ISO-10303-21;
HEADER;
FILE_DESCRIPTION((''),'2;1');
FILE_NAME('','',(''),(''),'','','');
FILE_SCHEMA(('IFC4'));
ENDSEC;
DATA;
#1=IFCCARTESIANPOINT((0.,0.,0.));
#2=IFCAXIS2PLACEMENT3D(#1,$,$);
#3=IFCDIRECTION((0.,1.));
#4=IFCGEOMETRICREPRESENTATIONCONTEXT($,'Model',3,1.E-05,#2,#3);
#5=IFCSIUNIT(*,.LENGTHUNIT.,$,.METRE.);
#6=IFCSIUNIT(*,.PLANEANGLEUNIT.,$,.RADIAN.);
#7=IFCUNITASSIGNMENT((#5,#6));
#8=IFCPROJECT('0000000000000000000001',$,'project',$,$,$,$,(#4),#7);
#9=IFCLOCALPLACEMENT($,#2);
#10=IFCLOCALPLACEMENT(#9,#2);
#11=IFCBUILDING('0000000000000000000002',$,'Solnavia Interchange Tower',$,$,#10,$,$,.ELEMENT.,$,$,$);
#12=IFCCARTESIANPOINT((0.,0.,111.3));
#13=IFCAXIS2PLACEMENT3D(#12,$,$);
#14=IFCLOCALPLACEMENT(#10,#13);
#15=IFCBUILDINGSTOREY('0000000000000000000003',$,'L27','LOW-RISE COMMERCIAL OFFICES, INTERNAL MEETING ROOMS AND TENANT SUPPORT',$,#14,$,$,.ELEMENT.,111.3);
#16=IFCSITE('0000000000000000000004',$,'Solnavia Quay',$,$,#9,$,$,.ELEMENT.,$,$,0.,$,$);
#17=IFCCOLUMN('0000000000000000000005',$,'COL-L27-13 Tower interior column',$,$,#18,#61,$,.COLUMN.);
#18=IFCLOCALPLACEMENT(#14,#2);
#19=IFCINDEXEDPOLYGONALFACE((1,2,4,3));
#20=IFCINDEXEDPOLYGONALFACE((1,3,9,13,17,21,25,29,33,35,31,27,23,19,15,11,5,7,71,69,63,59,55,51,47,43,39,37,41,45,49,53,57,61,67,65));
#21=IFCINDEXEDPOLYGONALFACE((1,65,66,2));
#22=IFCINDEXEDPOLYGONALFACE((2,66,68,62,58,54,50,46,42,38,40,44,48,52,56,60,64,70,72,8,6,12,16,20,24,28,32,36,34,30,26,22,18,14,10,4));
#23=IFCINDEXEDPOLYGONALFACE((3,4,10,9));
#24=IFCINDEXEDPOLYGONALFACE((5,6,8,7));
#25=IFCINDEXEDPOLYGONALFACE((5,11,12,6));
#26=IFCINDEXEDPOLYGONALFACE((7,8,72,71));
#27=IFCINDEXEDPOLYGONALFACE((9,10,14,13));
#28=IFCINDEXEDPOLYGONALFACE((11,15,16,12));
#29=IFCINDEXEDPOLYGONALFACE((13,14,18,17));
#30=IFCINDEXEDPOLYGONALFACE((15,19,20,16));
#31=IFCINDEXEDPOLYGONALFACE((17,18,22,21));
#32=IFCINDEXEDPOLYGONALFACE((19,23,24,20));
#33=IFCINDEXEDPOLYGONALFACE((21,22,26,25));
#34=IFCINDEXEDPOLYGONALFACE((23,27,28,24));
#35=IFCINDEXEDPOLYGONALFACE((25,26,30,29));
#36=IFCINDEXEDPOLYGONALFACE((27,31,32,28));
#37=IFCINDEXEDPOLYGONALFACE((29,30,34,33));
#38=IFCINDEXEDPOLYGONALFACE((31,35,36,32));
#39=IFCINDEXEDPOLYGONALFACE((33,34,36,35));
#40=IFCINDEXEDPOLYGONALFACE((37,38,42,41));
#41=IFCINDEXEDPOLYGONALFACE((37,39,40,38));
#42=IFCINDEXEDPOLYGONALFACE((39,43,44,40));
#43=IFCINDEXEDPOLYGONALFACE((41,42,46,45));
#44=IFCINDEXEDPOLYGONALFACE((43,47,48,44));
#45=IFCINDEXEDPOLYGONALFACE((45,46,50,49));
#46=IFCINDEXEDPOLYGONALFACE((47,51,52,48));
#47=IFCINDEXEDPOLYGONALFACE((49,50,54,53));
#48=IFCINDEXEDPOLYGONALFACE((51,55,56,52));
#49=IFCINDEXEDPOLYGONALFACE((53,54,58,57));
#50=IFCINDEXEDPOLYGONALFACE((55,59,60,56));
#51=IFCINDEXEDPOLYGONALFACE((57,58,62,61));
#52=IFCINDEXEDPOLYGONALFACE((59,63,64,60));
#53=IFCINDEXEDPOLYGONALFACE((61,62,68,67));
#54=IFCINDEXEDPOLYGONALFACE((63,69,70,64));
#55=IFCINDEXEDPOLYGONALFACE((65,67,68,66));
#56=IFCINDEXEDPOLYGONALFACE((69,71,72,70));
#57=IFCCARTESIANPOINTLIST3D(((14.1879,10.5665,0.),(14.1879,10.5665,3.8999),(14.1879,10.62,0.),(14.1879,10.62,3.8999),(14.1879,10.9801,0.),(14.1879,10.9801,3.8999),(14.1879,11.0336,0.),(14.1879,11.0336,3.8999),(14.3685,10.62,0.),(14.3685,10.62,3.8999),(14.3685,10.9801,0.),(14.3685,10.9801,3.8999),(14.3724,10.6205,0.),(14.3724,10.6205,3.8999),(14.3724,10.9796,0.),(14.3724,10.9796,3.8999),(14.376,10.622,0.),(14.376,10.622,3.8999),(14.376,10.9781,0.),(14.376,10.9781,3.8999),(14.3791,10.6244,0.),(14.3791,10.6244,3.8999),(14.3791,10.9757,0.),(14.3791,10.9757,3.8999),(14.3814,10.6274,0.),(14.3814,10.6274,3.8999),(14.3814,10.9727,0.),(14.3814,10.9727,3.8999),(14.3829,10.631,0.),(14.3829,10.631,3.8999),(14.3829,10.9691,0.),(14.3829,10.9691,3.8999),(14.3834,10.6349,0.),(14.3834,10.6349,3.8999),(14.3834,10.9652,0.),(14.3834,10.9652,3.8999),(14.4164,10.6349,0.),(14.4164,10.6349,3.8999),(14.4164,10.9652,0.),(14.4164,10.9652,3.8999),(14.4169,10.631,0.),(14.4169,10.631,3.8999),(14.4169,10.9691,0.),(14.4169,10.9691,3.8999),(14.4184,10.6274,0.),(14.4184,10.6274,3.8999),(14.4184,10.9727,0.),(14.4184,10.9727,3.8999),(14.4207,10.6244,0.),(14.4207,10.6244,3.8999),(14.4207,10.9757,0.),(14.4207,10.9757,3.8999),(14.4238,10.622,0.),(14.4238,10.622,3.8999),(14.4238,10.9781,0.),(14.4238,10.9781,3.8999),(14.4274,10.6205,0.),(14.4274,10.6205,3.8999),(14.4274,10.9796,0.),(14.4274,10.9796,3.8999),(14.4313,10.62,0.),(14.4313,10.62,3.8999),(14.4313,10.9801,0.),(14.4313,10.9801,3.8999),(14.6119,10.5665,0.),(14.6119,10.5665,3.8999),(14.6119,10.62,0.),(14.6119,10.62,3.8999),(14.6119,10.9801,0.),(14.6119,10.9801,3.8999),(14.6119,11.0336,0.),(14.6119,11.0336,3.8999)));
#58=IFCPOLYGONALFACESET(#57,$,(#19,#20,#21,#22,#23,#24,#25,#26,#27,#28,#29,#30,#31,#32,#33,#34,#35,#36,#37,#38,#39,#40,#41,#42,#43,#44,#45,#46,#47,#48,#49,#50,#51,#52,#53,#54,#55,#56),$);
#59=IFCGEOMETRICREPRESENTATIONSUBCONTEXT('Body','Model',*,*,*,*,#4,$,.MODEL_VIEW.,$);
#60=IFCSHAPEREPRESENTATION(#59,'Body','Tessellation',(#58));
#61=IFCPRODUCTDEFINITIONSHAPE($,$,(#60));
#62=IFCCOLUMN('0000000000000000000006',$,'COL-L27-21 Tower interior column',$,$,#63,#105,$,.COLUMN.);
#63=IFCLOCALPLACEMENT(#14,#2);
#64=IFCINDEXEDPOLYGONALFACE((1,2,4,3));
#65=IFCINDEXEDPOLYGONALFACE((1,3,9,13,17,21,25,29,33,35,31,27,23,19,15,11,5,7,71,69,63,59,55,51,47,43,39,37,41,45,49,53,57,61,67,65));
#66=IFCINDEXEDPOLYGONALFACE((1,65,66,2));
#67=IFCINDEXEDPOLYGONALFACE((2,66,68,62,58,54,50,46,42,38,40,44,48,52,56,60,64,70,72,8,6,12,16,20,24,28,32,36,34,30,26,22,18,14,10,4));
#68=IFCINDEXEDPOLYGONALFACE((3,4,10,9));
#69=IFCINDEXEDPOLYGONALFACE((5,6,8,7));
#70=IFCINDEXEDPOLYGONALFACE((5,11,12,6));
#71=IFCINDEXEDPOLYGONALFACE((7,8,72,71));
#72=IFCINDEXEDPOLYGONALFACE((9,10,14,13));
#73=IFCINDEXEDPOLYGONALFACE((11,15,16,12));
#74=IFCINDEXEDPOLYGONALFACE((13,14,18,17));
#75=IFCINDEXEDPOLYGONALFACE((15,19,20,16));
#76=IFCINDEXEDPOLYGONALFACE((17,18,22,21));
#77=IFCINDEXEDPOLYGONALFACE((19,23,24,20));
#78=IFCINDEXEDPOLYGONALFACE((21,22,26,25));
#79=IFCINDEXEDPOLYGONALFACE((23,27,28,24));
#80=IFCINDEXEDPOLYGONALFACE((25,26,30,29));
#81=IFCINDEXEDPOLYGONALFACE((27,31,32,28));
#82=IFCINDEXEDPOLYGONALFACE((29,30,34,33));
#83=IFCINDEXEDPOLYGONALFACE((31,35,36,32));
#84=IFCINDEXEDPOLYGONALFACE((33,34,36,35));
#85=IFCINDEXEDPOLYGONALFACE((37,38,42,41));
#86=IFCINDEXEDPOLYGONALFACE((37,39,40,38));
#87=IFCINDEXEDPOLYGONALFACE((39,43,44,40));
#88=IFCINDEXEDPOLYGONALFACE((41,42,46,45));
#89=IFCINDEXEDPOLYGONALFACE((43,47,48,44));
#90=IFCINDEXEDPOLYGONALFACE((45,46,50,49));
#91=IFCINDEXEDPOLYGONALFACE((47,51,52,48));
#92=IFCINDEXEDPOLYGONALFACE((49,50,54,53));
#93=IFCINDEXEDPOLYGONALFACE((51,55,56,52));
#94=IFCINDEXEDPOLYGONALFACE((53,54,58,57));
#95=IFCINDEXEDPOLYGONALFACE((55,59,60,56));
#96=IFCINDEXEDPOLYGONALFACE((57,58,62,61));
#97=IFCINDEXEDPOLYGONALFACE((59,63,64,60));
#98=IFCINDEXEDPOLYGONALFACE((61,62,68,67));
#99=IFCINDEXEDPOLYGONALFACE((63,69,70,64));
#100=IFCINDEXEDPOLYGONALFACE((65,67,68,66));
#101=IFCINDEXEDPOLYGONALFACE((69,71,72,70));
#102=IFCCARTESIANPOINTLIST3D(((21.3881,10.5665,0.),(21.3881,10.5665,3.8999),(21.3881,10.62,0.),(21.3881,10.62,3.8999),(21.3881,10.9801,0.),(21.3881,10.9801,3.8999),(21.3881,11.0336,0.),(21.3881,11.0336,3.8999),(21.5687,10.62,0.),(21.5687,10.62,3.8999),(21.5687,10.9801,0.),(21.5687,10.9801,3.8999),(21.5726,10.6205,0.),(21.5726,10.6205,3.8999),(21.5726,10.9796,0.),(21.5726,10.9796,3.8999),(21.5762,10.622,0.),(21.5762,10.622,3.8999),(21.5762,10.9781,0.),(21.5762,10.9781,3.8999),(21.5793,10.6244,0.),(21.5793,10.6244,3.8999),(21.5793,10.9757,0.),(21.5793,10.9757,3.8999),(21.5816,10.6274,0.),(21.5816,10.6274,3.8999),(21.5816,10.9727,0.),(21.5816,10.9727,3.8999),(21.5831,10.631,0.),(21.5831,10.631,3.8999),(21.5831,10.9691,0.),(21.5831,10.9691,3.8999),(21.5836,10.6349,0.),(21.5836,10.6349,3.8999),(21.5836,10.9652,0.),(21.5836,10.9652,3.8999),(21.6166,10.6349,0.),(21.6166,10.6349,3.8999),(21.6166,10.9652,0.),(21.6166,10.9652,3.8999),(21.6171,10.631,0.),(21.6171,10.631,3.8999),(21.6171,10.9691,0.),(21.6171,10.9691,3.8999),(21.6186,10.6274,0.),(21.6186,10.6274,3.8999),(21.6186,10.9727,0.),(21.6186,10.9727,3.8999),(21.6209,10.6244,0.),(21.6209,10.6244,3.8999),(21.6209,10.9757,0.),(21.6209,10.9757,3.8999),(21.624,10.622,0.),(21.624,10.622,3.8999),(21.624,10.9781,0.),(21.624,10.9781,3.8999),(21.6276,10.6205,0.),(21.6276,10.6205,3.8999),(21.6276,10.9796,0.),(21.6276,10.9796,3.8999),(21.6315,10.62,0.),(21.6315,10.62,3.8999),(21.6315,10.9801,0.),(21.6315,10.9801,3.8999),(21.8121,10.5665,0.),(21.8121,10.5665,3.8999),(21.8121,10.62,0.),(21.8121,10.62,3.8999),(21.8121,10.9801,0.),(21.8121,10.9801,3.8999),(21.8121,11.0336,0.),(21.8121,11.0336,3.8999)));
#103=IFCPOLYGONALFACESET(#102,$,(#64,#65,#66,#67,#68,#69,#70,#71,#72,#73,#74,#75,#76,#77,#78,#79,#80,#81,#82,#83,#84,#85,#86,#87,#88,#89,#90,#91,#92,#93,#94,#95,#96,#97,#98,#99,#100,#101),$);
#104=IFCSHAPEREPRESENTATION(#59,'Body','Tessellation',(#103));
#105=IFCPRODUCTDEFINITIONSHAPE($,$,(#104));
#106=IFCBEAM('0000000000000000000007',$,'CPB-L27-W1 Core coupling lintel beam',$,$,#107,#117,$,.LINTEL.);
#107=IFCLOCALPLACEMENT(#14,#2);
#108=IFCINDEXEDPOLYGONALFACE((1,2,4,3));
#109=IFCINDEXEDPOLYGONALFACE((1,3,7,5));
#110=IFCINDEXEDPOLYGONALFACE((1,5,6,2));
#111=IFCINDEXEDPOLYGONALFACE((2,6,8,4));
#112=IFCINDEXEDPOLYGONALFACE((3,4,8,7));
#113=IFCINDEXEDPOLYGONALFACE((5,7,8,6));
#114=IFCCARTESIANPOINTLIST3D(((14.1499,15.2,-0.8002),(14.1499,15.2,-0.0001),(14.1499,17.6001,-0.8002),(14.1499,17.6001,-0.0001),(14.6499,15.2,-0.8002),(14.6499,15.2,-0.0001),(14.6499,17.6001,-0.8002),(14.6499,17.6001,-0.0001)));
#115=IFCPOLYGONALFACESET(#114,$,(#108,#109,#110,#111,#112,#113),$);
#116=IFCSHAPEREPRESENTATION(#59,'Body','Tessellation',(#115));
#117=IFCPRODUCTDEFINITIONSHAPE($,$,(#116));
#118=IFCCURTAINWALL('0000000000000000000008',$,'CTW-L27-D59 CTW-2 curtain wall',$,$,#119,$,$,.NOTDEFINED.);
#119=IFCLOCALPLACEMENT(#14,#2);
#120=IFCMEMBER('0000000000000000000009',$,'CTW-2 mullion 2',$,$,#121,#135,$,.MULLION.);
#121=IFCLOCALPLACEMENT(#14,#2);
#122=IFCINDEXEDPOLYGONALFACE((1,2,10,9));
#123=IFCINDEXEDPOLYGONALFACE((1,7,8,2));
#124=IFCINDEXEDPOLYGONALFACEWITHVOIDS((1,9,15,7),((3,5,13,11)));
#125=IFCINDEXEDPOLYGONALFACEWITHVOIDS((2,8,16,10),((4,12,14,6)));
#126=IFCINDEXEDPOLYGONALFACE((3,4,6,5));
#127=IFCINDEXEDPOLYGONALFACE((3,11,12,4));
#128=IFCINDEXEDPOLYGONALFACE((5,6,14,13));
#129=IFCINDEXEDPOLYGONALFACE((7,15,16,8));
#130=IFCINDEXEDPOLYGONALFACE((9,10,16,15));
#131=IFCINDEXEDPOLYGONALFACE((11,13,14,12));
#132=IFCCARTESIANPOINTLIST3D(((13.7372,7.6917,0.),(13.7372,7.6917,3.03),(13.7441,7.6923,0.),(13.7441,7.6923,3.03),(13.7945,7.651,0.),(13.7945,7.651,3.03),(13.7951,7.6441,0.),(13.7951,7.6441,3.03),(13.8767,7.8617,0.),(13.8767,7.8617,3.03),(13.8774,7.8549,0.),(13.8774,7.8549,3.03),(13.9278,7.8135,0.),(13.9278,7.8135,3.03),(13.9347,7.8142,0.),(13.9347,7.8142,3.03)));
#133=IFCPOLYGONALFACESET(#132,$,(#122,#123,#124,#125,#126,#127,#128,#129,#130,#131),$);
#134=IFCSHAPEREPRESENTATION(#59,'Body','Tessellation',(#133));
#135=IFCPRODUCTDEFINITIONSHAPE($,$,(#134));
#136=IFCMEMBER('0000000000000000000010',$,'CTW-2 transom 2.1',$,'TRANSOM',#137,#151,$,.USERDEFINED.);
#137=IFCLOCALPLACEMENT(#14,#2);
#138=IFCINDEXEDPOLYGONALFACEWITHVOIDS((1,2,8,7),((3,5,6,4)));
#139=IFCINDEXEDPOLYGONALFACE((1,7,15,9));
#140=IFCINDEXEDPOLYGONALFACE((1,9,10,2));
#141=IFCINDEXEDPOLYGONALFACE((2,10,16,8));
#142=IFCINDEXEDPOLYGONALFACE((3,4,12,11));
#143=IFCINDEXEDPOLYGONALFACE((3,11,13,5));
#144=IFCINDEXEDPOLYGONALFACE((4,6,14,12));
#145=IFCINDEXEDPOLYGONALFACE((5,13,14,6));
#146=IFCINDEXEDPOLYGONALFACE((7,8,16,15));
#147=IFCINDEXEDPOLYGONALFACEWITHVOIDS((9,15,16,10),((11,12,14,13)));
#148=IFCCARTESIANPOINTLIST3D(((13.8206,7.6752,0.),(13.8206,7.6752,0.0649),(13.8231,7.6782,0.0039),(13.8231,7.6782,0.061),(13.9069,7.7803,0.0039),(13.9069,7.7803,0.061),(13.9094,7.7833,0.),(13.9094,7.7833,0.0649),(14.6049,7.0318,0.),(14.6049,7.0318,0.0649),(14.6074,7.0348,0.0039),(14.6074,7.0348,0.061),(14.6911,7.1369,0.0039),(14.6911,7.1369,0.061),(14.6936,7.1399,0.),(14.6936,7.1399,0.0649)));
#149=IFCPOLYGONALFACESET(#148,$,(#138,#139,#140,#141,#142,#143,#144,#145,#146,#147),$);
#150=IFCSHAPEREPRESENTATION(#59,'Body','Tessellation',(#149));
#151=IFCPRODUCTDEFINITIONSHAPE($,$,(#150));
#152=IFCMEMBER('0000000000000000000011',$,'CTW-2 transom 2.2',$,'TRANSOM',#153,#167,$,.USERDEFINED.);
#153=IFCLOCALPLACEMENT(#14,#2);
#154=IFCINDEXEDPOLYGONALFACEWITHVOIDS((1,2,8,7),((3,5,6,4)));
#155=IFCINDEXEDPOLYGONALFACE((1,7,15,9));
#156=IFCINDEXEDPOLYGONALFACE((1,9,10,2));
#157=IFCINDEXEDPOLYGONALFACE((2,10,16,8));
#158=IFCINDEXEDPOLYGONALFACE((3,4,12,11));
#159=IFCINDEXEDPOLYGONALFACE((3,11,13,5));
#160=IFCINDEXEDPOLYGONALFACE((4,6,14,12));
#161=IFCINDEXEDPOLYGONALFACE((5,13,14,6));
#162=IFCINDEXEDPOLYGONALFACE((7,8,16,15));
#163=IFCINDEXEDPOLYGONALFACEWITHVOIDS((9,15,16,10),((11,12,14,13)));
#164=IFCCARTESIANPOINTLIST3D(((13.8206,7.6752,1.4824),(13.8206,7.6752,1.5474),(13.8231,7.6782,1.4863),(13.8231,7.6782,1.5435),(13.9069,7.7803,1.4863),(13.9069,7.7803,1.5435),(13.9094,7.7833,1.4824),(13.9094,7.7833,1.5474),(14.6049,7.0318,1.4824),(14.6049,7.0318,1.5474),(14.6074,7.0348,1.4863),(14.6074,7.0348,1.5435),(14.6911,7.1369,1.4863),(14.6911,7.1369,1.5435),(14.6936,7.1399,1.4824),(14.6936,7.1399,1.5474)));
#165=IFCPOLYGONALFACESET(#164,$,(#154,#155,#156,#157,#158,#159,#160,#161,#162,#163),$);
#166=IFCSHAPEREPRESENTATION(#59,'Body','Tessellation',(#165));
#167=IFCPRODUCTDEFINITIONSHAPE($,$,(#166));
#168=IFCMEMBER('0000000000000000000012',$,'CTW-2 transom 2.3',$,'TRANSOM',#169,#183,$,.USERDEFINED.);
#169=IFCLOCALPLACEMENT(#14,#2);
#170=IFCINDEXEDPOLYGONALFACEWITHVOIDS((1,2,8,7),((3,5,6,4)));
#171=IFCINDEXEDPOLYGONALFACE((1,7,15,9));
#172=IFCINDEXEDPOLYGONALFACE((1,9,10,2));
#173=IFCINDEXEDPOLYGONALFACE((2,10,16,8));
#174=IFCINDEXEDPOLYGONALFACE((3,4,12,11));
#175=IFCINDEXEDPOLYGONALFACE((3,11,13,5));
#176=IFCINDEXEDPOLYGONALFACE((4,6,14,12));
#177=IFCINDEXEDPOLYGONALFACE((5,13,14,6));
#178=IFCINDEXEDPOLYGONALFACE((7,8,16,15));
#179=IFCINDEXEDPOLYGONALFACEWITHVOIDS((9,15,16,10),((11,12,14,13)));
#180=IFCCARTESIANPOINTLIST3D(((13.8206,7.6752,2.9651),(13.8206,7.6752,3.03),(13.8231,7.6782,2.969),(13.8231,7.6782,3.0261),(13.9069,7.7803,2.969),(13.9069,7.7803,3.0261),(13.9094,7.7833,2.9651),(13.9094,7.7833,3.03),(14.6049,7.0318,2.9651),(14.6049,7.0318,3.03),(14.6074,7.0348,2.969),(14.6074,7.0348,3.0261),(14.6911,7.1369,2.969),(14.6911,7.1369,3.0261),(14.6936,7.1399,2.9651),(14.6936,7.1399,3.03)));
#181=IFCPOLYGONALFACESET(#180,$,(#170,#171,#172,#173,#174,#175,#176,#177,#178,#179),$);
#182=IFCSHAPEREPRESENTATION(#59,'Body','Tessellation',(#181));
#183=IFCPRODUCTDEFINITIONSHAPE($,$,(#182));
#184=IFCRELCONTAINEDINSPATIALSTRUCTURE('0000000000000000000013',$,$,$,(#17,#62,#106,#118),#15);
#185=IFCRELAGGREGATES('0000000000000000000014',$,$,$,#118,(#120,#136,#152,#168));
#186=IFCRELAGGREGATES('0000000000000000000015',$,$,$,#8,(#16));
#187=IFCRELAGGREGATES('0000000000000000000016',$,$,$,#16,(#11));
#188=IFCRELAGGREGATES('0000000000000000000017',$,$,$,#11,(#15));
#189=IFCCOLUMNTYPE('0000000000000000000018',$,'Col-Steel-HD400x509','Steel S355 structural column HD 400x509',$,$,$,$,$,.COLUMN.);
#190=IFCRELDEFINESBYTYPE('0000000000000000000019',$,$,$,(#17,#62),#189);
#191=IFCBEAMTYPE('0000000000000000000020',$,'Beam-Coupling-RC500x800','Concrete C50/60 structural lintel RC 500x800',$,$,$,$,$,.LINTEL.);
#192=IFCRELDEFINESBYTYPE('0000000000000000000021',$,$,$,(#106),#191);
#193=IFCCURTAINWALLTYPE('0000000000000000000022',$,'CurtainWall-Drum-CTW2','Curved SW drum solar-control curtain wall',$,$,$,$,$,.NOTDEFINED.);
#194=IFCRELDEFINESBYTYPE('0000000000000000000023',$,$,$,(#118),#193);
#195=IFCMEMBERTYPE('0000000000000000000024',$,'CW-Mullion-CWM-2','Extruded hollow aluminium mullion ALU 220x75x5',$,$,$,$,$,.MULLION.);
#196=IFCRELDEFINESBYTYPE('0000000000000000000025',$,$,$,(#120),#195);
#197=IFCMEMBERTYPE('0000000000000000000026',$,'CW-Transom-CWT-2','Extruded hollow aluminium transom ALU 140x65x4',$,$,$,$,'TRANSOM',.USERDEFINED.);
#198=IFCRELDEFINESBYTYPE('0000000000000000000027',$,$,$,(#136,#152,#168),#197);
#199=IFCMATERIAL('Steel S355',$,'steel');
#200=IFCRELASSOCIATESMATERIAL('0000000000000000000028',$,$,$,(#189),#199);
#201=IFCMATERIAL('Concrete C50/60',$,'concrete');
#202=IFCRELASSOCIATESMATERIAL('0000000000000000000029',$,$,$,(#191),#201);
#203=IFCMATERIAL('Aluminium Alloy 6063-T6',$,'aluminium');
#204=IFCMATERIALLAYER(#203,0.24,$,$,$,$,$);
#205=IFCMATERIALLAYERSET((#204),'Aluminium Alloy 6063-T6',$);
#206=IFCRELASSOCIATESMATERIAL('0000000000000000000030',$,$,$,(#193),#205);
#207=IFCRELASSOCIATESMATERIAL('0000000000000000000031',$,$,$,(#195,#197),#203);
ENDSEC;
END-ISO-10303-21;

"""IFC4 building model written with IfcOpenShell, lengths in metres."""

from ifc_helpers import new_model, si_unit, direction, frame, origin, origin_2d, place, context, subcontext, project, spatial, rectangle, hollow_rectangle, i_section, extrude, material, layer, layer_set, material_profile, profile_set, type_object, element, aggregate, save


model = new_model("IFC4")

# Units and contexts
model_context = context("Model", 3, precision=1e-05, world=origin(), true_north=direction((0.0, 1.0)))
body_context = subcontext(model_context, "Body", "Model", "MODEL_VIEW")
ifc_project = project(units=[si_unit("LENGTHUNIT", "METRE"), si_unit("PLANEANGLEUNIT", "RADIAN")], contexts=[model_context])

# Site, building, storey
site_placement = place(None, origin())
site = spatial("IfcSite", under=ifc_project, at=site_placement, Name="Solnavia Quay", CompositionType="ELEMENT", RefElevation=0.0)
building_placement = place(site_placement, origin())
building = spatial("IfcBuilding", under=site, at=building_placement, Name="Solnavia Interchange Tower", CompositionType="ELEMENT")
storey_placement = place(building_placement, frame((0.0, 0.0, 111.3)))
storey = spatial("IfcBuildingStorey", under=building, at=storey_placement, Name="L27", Description="LOW-RISE COMMERCIAL OFFICES, INTERNAL MEETING ROOMS AND TENANT SUPPORT", CompositionType="ELEMENT", Elevation=111.3)

# Columns
ifc_material_1 = material(Name="Steel S355", Category="steel")
ifc_material_profile_1 = material_profile(ifc_material_1, i_section(OverallWidth=0.4241, OverallDepth=0.467, WebThickness=0.033, FlangeThickness=0.0535, FilletRadius=0.0149, at=origin_2d()), Name="HD 400x509")
ifc_profile_set_1 = profile_set([ifc_material_profile_1], Name="Steel S355")
column_type = type_object("IfcColumnType", Name="Col-Steel-HD400x509", Description="Steel S355 structural column HD 400x509", PredefinedType="COLUMN", material=ifc_profile_set_1)
for number, where, z_axis, x_axis, name in (
    (1, (14.3999, 10.8, 0.0), (0.0, 0.0, 1.0), (1.0, 0.0, 0.0), "COL-L27-13 Tower interior column"),
    (2, (21.6001, 10.8, 0.0), (0.0, 0.0, 1.0), (1.0, 0.0, 0.0), "COL-L27-21 Tower interior column"),
):
    element("IfcColumn", number, at=place(storey_placement, frame(where, z_axis=z_axis, x_axis=x_axis)), inside=storey, type_object=column_type, Name=name, PredefinedType="COLUMN", context=body_context, shape_type="SweptSolid", body=[
        extrude(i_section(OverallWidth=0.4241, OverallDepth=0.467, WebThickness=0.033, FlangeThickness=0.0535, FilletRadius=0.0149, at=origin_2d()), origin(), (0.0, 0.0, 1.0), 3.8999),
    ])

# Beam
ifc_material_2 = material(Name="Concrete C50/60", Category="concrete")
ifc_material_profile_2 = material_profile(ifc_material_2, rectangle(XDim=0.5, YDim=0.8, at=origin_2d()), Name="RC 500x800")
ifc_profile_set_2 = profile_set([ifc_material_profile_2], Name="Concrete C50/60")
beam_type = type_object("IfcBeamType", Name="Beam-Coupling-RC500x800", Description="Concrete C50/60 structural lintel RC 500x800", PredefinedType="LINTEL", material=ifc_profile_set_2)
beam_placement = place(storey_placement, frame((14.3999, 15.2, -0.4001), z_axis=(0.0, 1.0, 0.0), x_axis=(-1.0, 0.0, 0.0)))
element("IfcBeam", 3, at=beam_placement, inside=storey, type_object=beam_type, Name="CPB-L27-W1 Core coupling lintel beam", PredefinedType="LINTEL", context=body_context, shape_type="SweptSolid", body=[
    extrude(rectangle(XDim=0.5, YDim=0.8, at=origin_2d()), origin(), (0.0, 0.0, 1.0), 2.4001),
])

# Curtain wall, members
ifc_material_3 = material(Name="Aluminium Alloy 6063-T6", Category="aluminium")
ifc_layer_1 = layer(ifc_material_3, 0.24)
ifc_layer_set_1 = layer_set([ifc_layer_1], Name="Aluminium Alloy 6063-T6")
curtain_wall_type = type_object("IfcCurtainWallType", Name="CurtainWall-Drum-CTW2", Description="Curved SW drum solar-control curtain wall", PredefinedType="NOTDEFINED", material=ifc_layer_set_1)
curtain_wall_placement = place(storey_placement, origin())
curtain_wall = element("IfcCurtainWall", 4, at=curtain_wall_placement, inside=storey, type_object=curtain_wall_type, Name="CTW-L27-D59 CTW-2 curtain wall", PredefinedType="NOTDEFINED")
ifc_material_profile_3 = material_profile(ifc_material_3, hollow_rectangle(XDim=0.075, YDim=0.22, WallThickness=0.0049, at=origin_2d()), Name="ALU 220x75x5")
ifc_profile_set_3 = profile_set([ifc_material_profile_3], Name="Aluminium Alloy 6063-T6")
member_type_1 = type_object("IfcMemberType", Name="CW-Mullion-CWM-2", Description="Extruded hollow aluminium mullion ALU 220x75x5", PredefinedType="MULLION", material=ifc_profile_set_3)
member_1_placement = place(storey_placement, frame((13.8359, 7.7529, 0.0), z_axis=(0.0, 0.0, 1.0), x_axis=(0.773095, -0.634291, 0.0)))
member_1 = element("IfcMember", 5, at=member_1_placement, type_object=member_type_1, Name="CTW-2 mullion 2", PredefinedType="MULLION", context=body_context, shape_type="SweptSolid", body=[
    extrude(hollow_rectangle(XDim=0.075, YDim=0.22, WallThickness=0.0049, at=origin_2d()), origin(), (0.0, 0.0, 1.0), 3.03),
])
ifc_material_profile_4 = material_profile(ifc_material_3, hollow_rectangle(XDim=0.0649, YDim=0.1399, WallThickness=0.0039, at=origin_2d()), Name="ALU 140x65x4")
ifc_profile_set_4 = profile_set([ifc_material_profile_4], Name="Aluminium Alloy 6063-T6")
member_type_2 = type_object("IfcMemberType", Name="CW-Transom-CWT-2", Description="Extruded hollow aluminium transom ALU 140x65x4", ElementType="TRANSOM", PredefinedType="USERDEFINED", material=ifc_profile_set_4)
member_2_placement = place(storey_placement, frame((13.865, 7.7292, 0.0325), z_axis=(0.773131, -0.634247, 0.0), x_axis=(0.0, 0.0, 1.0)))
member_2 = element("IfcMember", 6, at=member_2_placement, type_object=member_type_2, Name="CTW-2 transom 2.1", ObjectType="TRANSOM", PredefinedType="USERDEFINED", context=body_context, shape_type="SweptSolid", body=[
    extrude(hollow_rectangle(XDim=0.0649, YDim=0.1399, WallThickness=0.0039, at=origin_2d()), origin(), (0.0, 0.0, 1.0), 1.0144),
])
member_3_placement = place(storey_placement, frame((13.865, 7.7292, 1.5149), z_axis=(0.773131, -0.634247, 0.0), x_axis=(0.0, 0.0, 1.0)))
member_3 = element("IfcMember", 7, at=member_3_placement, type_object=member_type_2, Name="CTW-2 transom 2.2", ObjectType="TRANSOM", PredefinedType="USERDEFINED", context=body_context, shape_type="SweptSolid", body=[
    extrude(hollow_rectangle(XDim=0.0649, YDim=0.1399, WallThickness=0.0039, at=origin_2d()), origin(), (0.0, 0.0, 1.0), 1.0144),
])
member_4_placement = place(storey_placement, frame((13.865, 7.7292, 2.9976), z_axis=(0.773131, -0.634247, 0.0), x_axis=(0.0, 0.0, 1.0)))
member_4 = element("IfcMember", 8, at=member_4_placement, type_object=member_type_2, Name="CTW-2 transom 2.3", ObjectType="TRANSOM", PredefinedType="USERDEFINED", context=body_context, shape_type="SweptSolid", body=[
    extrude(hollow_rectangle(XDim=0.0649, YDim=0.1399, WallThickness=0.0039, at=origin_2d()), origin(), (0.0, 0.0, 1.0), 1.0144),
])
aggregate(curtain_wall, [member_1, member_2, member_3, member_4])

save(model, "model.ifc")
